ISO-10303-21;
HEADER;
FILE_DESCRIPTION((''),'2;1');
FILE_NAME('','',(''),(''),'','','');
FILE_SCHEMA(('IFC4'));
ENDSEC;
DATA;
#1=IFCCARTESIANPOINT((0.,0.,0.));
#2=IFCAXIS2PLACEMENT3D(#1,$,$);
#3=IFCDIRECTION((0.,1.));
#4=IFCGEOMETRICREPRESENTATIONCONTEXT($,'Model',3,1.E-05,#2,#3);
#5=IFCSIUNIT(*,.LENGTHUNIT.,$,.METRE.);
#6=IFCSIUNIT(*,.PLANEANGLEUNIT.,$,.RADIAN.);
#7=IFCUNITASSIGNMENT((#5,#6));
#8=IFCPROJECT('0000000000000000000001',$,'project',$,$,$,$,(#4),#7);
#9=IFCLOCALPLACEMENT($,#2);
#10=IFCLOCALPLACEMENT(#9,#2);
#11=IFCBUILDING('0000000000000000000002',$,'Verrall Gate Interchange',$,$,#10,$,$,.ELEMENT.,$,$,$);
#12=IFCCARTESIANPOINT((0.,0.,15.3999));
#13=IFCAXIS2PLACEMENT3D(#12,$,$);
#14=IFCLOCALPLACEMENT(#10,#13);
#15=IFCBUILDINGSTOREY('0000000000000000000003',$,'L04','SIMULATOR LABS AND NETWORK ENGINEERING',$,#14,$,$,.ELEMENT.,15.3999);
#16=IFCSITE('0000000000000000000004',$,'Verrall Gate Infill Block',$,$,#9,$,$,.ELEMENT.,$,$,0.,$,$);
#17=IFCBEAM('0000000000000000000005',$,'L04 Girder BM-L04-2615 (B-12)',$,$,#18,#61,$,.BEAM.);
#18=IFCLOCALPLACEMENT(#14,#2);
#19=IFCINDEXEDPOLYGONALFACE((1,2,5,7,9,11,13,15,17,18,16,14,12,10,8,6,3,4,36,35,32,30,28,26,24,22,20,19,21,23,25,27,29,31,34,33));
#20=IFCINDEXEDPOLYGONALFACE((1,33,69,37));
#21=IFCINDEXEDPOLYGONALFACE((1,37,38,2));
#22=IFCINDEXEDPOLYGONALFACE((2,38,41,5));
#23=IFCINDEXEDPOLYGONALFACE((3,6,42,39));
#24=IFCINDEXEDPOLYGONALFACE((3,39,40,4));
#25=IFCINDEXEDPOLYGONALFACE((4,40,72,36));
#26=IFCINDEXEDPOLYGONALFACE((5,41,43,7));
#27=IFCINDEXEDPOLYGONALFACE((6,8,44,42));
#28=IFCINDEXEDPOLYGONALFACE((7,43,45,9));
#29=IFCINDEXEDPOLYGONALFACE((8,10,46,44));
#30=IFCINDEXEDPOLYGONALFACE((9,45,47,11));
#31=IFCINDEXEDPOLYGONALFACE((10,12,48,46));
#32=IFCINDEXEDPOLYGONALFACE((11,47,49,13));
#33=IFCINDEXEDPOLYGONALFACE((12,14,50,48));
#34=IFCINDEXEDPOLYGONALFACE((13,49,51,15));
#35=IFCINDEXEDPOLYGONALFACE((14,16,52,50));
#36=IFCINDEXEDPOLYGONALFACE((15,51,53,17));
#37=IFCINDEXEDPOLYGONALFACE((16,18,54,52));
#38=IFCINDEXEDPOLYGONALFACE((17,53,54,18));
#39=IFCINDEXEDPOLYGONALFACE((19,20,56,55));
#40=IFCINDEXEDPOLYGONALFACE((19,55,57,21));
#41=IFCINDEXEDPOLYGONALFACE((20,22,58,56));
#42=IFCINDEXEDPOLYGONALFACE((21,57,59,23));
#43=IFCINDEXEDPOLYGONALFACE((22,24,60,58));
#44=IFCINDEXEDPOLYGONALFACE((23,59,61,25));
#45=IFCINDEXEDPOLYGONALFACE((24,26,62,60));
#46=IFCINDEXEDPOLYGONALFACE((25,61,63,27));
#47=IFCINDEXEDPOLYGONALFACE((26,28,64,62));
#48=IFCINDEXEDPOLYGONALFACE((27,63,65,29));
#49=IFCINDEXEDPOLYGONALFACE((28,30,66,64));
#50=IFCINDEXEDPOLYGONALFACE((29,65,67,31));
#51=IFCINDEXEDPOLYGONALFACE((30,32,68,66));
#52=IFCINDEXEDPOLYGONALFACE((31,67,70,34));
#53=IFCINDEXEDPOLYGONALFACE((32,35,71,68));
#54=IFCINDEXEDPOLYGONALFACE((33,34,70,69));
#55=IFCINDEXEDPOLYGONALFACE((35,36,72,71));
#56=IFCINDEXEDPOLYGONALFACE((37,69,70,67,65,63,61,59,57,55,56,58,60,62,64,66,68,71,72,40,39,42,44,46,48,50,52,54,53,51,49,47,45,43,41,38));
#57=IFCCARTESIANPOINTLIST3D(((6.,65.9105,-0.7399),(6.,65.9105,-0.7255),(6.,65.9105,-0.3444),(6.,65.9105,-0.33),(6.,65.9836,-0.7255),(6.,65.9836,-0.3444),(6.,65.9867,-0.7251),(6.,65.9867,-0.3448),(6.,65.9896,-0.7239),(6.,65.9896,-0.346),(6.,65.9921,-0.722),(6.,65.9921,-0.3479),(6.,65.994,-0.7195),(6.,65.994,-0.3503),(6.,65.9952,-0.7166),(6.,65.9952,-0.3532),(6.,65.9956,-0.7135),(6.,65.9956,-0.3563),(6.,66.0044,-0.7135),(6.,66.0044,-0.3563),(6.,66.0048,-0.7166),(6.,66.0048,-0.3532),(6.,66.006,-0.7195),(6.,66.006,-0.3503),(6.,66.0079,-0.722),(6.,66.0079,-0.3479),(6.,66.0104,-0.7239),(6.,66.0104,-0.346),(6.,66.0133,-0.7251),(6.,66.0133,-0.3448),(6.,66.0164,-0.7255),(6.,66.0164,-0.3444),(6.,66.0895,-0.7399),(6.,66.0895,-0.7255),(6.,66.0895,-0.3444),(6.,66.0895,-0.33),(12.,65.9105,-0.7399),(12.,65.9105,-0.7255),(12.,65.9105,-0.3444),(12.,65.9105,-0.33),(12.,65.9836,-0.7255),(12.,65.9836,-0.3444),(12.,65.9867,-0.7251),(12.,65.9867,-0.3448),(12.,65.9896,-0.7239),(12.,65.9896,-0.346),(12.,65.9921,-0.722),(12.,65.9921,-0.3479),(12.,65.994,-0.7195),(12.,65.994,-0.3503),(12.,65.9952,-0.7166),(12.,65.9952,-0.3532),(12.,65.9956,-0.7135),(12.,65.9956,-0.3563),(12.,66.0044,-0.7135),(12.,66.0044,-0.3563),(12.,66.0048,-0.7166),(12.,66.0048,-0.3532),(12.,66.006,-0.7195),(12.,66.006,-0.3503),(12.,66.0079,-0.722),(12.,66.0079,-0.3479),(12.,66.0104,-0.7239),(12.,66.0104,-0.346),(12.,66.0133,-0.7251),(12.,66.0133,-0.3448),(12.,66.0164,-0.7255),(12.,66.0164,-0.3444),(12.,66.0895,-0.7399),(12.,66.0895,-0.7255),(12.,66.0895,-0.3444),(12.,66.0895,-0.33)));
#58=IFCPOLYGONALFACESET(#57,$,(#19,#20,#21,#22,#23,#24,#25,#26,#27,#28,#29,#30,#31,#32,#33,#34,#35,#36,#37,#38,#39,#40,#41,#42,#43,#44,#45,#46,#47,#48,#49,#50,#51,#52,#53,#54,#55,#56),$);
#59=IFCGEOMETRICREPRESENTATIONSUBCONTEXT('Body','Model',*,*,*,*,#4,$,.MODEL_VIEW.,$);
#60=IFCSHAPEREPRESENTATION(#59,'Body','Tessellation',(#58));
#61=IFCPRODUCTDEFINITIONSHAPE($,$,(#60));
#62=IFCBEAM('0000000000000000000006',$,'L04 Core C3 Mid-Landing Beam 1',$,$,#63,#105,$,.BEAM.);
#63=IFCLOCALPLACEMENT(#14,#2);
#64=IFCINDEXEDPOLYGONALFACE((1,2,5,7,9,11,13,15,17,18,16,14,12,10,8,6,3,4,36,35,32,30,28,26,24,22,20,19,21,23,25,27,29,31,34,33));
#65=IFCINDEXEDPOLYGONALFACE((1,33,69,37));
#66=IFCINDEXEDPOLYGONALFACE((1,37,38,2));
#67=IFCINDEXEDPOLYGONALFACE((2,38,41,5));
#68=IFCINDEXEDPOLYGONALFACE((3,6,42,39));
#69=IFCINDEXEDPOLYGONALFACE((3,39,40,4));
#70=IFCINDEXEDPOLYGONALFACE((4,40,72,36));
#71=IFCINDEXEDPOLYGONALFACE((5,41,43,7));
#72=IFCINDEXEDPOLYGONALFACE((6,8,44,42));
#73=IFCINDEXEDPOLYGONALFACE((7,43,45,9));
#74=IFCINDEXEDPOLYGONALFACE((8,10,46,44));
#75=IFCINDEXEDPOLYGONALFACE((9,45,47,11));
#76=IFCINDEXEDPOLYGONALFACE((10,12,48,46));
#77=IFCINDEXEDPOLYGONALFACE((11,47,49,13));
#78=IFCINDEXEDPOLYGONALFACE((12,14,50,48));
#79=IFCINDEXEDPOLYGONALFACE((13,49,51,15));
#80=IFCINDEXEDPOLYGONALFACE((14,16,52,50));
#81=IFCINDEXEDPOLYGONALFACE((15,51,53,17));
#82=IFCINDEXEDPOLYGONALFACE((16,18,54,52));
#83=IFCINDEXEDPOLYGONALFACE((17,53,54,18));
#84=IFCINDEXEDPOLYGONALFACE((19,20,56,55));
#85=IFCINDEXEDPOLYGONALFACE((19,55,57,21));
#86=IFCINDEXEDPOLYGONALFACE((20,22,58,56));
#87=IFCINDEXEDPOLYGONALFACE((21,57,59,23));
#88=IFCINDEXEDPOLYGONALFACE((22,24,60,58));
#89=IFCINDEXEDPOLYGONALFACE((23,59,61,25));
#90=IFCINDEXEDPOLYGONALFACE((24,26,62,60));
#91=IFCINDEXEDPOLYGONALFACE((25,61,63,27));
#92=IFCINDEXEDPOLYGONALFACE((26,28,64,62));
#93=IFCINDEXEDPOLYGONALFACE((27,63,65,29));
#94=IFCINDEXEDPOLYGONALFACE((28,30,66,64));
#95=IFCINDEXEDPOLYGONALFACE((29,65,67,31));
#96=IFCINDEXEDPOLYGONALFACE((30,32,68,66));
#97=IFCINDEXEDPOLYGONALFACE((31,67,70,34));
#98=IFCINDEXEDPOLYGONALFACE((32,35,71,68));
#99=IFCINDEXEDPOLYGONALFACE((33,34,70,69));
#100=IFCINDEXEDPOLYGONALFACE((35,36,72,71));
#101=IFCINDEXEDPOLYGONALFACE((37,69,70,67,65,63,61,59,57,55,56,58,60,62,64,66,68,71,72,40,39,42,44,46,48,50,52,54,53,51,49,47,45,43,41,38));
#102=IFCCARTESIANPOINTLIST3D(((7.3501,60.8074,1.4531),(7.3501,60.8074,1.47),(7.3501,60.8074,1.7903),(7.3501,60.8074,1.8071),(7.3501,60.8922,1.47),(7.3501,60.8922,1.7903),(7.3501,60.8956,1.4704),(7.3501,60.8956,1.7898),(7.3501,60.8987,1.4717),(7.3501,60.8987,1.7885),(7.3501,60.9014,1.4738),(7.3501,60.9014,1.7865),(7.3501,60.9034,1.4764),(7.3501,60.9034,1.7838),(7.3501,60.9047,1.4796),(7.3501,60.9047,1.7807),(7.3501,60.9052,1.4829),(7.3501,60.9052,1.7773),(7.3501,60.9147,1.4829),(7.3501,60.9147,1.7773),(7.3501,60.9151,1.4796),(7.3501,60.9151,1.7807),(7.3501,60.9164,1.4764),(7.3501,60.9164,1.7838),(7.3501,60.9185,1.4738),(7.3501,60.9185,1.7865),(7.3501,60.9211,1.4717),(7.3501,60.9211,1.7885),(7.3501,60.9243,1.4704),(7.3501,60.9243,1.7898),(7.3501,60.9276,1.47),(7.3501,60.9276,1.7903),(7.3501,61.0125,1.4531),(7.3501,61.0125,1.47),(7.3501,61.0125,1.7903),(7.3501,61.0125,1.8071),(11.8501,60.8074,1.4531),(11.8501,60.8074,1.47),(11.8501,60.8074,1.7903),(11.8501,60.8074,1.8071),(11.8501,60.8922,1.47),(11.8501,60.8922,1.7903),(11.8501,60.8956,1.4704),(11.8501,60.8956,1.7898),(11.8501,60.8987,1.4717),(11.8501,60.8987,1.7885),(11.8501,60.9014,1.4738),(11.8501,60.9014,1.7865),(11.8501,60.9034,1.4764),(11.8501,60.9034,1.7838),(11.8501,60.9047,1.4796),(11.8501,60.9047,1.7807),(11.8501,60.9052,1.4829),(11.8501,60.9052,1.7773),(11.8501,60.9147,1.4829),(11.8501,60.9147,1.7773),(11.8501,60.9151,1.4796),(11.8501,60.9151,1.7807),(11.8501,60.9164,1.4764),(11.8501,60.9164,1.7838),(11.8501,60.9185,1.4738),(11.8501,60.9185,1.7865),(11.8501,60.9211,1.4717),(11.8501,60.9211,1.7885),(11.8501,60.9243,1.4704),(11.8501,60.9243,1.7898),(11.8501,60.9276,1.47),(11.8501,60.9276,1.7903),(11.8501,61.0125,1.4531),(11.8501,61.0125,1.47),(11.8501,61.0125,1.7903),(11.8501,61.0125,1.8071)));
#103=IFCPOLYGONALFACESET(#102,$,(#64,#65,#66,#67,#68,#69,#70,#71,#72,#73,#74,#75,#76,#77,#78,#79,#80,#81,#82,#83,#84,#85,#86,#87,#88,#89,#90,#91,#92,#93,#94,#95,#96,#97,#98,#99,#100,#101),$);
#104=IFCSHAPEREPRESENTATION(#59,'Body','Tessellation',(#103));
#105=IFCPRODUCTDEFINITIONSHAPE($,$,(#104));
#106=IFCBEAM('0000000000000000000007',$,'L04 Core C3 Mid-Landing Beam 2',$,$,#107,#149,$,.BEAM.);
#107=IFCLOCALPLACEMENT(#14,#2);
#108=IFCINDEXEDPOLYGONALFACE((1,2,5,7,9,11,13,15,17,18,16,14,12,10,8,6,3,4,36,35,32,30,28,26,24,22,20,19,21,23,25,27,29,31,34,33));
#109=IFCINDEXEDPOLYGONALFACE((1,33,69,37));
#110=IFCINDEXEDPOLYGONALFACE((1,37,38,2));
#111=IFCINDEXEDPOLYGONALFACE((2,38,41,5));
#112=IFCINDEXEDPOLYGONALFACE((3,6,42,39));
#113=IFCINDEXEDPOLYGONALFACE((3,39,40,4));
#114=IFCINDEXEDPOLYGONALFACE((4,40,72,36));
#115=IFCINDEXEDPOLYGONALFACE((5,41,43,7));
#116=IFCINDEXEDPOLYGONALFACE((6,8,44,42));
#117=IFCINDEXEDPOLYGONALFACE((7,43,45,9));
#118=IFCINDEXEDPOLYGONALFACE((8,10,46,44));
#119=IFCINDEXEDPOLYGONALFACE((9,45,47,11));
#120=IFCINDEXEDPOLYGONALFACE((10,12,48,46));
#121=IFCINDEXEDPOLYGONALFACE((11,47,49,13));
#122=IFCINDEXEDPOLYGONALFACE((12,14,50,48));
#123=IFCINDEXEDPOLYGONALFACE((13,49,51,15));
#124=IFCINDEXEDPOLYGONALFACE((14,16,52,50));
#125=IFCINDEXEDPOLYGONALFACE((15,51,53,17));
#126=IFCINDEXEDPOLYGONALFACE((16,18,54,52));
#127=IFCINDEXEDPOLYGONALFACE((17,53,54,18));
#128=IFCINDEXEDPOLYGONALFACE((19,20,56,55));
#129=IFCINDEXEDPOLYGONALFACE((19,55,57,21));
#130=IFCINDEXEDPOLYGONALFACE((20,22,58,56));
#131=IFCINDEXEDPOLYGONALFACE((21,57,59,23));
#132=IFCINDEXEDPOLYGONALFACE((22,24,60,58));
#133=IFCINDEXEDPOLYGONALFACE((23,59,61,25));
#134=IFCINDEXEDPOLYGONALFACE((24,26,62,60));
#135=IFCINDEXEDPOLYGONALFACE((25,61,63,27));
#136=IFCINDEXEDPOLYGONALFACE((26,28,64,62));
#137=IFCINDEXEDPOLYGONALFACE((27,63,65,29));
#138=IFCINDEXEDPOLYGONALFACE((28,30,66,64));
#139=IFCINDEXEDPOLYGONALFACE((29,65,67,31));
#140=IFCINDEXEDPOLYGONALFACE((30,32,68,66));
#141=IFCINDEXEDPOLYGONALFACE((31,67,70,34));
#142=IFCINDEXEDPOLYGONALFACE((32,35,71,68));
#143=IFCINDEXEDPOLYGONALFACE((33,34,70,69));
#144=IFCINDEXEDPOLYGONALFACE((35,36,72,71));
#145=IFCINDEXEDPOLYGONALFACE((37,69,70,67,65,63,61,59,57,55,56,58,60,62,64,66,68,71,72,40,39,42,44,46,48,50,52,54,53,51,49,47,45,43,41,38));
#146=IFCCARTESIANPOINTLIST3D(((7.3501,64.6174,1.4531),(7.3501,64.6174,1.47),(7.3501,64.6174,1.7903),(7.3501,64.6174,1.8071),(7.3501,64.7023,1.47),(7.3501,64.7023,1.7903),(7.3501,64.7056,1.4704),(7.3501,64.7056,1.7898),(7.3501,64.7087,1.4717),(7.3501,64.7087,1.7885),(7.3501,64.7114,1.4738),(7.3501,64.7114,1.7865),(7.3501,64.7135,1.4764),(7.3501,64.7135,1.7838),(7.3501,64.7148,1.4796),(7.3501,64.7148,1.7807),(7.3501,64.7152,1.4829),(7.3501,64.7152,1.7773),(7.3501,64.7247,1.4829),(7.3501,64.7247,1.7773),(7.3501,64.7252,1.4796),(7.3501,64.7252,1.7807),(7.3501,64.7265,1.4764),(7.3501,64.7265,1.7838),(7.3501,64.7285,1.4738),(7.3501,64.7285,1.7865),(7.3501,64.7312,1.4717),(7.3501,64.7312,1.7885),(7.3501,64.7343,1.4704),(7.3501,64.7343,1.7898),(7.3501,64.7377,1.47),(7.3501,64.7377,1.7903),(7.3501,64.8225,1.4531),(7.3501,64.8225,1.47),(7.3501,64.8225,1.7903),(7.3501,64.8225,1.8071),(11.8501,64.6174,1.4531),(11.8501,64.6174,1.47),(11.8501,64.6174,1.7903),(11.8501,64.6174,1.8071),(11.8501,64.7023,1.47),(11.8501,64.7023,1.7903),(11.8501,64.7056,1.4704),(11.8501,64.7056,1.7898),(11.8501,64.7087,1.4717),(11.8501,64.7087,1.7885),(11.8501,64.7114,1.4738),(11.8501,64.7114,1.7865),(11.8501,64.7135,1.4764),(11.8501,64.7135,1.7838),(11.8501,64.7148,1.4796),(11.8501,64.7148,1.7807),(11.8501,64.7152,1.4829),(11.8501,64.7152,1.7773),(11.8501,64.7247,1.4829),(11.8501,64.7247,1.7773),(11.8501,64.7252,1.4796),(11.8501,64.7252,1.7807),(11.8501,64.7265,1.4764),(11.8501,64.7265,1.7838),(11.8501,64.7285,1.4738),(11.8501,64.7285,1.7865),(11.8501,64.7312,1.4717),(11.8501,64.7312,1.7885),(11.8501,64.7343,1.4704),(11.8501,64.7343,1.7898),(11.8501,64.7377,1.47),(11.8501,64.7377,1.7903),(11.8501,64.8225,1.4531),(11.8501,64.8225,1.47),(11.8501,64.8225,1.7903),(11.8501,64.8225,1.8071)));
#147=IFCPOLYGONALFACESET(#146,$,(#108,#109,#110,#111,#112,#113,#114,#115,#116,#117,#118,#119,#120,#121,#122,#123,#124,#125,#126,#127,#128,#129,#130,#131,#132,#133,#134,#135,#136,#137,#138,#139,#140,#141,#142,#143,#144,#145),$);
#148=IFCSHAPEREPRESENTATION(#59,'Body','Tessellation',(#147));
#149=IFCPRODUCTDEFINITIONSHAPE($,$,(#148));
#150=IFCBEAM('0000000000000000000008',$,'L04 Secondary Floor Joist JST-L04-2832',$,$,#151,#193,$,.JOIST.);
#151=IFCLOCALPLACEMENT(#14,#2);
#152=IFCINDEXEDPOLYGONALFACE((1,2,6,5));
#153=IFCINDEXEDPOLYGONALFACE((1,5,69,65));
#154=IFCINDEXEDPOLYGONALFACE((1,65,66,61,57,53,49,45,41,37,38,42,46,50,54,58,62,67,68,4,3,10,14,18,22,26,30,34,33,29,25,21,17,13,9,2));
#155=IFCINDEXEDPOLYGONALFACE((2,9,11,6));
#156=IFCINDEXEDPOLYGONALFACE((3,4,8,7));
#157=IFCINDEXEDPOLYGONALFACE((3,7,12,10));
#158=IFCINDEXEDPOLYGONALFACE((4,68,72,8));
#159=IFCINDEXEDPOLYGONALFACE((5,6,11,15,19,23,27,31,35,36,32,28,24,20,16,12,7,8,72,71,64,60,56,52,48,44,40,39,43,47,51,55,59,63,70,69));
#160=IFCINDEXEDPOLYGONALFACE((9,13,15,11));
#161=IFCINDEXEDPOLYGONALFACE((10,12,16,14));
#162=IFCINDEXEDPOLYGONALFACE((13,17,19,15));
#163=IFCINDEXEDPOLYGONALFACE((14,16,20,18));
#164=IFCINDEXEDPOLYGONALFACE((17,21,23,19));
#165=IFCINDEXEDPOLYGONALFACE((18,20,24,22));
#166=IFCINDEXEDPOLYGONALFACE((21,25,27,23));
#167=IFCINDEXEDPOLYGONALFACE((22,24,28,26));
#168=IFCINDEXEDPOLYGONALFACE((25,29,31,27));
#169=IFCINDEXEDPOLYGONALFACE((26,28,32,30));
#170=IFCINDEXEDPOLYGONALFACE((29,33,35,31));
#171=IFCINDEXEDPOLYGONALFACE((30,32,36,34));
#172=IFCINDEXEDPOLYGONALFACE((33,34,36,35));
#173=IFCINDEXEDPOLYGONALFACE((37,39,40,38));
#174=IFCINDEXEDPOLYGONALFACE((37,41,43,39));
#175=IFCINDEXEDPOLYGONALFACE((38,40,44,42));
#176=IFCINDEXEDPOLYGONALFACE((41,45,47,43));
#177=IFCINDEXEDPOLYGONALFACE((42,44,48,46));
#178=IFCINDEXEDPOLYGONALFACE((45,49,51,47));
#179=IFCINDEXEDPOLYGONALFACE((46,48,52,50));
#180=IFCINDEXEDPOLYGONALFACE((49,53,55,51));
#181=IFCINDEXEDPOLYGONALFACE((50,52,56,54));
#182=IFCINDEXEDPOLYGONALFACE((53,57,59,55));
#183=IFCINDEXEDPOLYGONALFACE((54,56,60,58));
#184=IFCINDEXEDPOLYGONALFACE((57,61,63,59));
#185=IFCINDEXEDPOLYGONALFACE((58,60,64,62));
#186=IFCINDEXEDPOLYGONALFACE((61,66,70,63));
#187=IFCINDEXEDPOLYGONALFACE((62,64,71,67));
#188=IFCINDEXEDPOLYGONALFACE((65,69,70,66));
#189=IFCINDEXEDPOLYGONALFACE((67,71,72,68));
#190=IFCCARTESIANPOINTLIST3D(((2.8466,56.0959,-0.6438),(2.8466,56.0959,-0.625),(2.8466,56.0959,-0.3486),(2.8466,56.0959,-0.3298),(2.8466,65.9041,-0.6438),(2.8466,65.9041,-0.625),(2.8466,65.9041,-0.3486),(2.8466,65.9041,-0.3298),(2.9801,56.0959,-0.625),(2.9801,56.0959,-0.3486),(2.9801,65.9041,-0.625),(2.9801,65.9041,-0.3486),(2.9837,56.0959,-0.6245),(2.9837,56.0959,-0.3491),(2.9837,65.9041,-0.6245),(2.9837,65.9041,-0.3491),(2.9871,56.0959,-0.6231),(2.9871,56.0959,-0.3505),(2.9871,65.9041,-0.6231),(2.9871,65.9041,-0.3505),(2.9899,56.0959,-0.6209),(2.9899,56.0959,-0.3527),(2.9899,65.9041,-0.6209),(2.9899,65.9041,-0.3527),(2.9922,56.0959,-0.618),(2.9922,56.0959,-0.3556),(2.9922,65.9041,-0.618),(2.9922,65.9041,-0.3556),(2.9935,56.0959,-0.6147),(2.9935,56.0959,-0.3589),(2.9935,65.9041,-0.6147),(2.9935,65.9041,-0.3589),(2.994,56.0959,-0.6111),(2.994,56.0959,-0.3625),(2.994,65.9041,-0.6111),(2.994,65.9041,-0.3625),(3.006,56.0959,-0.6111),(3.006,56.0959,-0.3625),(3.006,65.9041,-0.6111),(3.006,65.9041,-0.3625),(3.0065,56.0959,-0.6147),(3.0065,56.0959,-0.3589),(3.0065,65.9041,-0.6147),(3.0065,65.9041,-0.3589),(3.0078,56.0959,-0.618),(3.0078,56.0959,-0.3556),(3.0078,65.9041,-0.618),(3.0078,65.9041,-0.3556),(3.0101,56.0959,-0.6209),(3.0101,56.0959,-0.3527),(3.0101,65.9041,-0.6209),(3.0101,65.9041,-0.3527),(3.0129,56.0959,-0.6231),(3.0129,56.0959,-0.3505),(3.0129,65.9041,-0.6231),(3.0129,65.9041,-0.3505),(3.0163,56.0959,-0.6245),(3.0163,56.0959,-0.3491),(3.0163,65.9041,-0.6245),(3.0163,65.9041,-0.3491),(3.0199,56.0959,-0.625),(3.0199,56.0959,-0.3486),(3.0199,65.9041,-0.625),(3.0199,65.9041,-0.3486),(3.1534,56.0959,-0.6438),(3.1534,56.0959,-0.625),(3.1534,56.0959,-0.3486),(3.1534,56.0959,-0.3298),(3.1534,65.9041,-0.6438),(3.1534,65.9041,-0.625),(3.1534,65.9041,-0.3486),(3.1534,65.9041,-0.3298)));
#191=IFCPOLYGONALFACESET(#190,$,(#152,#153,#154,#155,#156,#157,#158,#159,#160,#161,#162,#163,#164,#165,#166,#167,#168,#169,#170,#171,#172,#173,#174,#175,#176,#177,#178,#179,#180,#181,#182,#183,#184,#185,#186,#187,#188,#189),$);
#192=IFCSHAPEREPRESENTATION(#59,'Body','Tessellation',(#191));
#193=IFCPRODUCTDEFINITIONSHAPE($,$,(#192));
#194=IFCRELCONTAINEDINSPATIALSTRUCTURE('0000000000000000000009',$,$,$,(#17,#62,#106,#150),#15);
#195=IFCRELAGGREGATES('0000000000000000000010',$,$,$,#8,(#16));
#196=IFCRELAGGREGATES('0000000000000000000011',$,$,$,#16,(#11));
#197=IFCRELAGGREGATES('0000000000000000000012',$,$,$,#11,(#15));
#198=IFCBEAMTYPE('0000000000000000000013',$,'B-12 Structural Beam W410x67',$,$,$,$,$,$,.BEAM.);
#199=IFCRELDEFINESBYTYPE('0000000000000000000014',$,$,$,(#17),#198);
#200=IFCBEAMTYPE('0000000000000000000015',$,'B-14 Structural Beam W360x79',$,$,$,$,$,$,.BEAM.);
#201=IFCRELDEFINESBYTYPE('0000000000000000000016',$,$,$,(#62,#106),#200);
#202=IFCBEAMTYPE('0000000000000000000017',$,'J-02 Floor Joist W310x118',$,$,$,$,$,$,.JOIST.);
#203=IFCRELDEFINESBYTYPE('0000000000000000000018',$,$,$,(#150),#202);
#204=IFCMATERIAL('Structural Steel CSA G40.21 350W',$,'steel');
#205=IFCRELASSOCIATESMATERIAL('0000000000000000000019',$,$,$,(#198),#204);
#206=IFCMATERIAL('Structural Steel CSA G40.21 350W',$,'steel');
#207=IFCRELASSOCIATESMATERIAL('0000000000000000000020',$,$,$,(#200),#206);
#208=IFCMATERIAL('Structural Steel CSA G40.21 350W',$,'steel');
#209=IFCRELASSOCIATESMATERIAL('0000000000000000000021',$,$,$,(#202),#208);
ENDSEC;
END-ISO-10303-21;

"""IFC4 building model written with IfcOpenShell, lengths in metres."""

from ifc_helpers import new_model, si_unit, direction, frame, origin, origin_2d, place, context, subcontext, project, spatial, i_section, extrude, material, material_profile, profile_set, type_object, element, save


model = new_model("IFC4")

# Units and contexts
model_context = context("Model", 3, precision=1e-05, world=origin(), true_north=direction((0.0, 1.0)))
body_context = subcontext(model_context, "Body", "Model", "MODEL_VIEW")
ifc_project = project(units=[si_unit("LENGTHUNIT", "METRE"), si_unit("PLANEANGLEUNIT", "RADIAN")], contexts=[model_context])

# Site, building, storey
site_placement = place(None, origin())
site = spatial("IfcSite", under=ifc_project, at=site_placement, Name="Verrall Gate Infill Block", CompositionType="ELEMENT", RefElevation=0.0)
building_placement = place(site_placement, origin())
building = spatial("IfcBuilding", under=site, at=building_placement, Name="Verrall Gate Interchange", CompositionType="ELEMENT")
storey_placement = place(building_placement, frame((0.0, 0.0, 15.3999)))
storey = spatial("IfcBuildingStorey", under=building, at=storey_placement, Name="L04", Description="SIMULATOR LABS AND NETWORK ENGINEERING", CompositionType="ELEMENT", Elevation=15.3999)

# Beams
ifc_material_1 = material(Name="Structural Steel CSA G40.21 350W", Category="steel")
ifc_material_profile_1 = material_profile(ifc_material_1, i_section(OverallWidth=0.179, OverallDepth=0.4099, WebThickness=0.0088, FlangeThickness=0.0144, FilletRadius=0.012, at=origin_2d()), Name="W410x67")
ifc_profile_set_1 = profile_set([ifc_material_profile_1], Name="Structural Steel CSA G40.21 350W")
beam_type_1 = type_object("IfcBeamType", Name="B-12 Structural Beam W410x67", PredefinedType="BEAM", material=ifc_profile_set_1)
beam_1_placement = place(storey_placement, frame((6.0, 66.0, -0.5349), z_axis=(1.0, 0.0, 0.0), x_axis=(0.0, 1.0, 0.0)))
element("IfcBeam", 1, at=beam_1_placement, inside=storey, type_object=beam_type_1, Name="L04 Girder BM-L04-2615 (B-12)", PredefinedType="BEAM", context=body_context, shape_type="SweptSolid", body=[
    extrude(i_section(OverallWidth=0.179, OverallDepth=0.4099, WebThickness=0.0088, FlangeThickness=0.0144, FilletRadius=0.012, at=origin_2d()), origin(), (0.0, 0.0, 1.0), 6.0),
])
ifc_material_2 = material(Name="Structural Steel CSA G40.21 350W", Category="steel")
ifc_material_profile_2 = material_profile(ifc_material_2, i_section(OverallWidth=0.2051, OverallDepth=0.354, WebThickness=0.0095, FlangeThickness=0.0168, FilletRadius=0.0129, at=origin_2d()), Name="W360x79")
ifc_profile_set_2 = profile_set([ifc_material_profile_2], Name="Structural Steel CSA G40.21 350W")
beam_type_2 = type_object("IfcBeamType", Name="B-14 Structural Beam W360x79", PredefinedType="BEAM", material=ifc_profile_set_2)
for number, where, z_axis, x_axis, name in (
    (2, (7.3501, 60.9099, 1.6301), (1.0, 0.0, 0.0), (0.0, 1.0, 0.0), "L04 Core C3 Mid-Landing Beam 1"),
    (3, (7.3501, 64.72, 1.6301), (1.0, 0.0, 0.0), (0.0, 1.0, 0.0), "L04 Core C3 Mid-Landing Beam 2"),
):
    element("IfcBeam", number, at=place(storey_placement, frame(where, z_axis=z_axis, x_axis=x_axis)), inside=storey, type_object=beam_type_2, Name=name, PredefinedType="BEAM", context=body_context, shape_type="SweptSolid", body=[
        extrude(i_section(OverallWidth=0.2051, OverallDepth=0.354, WebThickness=0.0095, FlangeThickness=0.0168, FilletRadius=0.0129, at=origin_2d()), origin(), (0.0, 0.0, 1.0), 4.5),
    ])
ifc_material_3 = material(Name="Structural Steel CSA G40.21 350W", Category="steel")
ifc_material_profile_3 = material_profile(ifc_material_3, i_section(OverallWidth=0.3069, OverallDepth=0.314, WebThickness=0.012, FlangeThickness=0.0188, FilletRadius=0.0139, at=origin_2d()), Name="W310x118")
ifc_profile_set_3 = profile_set([ifc_material_profile_3], Name="Structural Steel CSA G40.21 350W")
beam_type_3 = type_object("IfcBeamType", Name="J-02 Floor Joist W310x118", PredefinedType="JOIST", material=ifc_profile_set_3)
beam_2_placement = place(storey_placement, frame((3.0, 56.0959, -0.4868), z_axis=(0.0, 1.0, 0.0), x_axis=(-1.0, 0.0, 0.0)))
element("IfcBeam", 4, at=beam_2_placement, inside=storey, type_object=beam_type_3, Name="L04 Secondary Floor Joist JST-L04-2832", PredefinedType="JOIST", context=body_context, shape_type="SweptSolid", body=[
    extrude(i_section(OverallWidth=0.3069, OverallDepth=0.314, WebThickness=0.012, FlangeThickness=0.0188, FilletRadius=0.0139, at=origin_2d()), origin(), (0.0, 0.0, 1.0), 9.8081),
])

save(model, "model.ifc")
